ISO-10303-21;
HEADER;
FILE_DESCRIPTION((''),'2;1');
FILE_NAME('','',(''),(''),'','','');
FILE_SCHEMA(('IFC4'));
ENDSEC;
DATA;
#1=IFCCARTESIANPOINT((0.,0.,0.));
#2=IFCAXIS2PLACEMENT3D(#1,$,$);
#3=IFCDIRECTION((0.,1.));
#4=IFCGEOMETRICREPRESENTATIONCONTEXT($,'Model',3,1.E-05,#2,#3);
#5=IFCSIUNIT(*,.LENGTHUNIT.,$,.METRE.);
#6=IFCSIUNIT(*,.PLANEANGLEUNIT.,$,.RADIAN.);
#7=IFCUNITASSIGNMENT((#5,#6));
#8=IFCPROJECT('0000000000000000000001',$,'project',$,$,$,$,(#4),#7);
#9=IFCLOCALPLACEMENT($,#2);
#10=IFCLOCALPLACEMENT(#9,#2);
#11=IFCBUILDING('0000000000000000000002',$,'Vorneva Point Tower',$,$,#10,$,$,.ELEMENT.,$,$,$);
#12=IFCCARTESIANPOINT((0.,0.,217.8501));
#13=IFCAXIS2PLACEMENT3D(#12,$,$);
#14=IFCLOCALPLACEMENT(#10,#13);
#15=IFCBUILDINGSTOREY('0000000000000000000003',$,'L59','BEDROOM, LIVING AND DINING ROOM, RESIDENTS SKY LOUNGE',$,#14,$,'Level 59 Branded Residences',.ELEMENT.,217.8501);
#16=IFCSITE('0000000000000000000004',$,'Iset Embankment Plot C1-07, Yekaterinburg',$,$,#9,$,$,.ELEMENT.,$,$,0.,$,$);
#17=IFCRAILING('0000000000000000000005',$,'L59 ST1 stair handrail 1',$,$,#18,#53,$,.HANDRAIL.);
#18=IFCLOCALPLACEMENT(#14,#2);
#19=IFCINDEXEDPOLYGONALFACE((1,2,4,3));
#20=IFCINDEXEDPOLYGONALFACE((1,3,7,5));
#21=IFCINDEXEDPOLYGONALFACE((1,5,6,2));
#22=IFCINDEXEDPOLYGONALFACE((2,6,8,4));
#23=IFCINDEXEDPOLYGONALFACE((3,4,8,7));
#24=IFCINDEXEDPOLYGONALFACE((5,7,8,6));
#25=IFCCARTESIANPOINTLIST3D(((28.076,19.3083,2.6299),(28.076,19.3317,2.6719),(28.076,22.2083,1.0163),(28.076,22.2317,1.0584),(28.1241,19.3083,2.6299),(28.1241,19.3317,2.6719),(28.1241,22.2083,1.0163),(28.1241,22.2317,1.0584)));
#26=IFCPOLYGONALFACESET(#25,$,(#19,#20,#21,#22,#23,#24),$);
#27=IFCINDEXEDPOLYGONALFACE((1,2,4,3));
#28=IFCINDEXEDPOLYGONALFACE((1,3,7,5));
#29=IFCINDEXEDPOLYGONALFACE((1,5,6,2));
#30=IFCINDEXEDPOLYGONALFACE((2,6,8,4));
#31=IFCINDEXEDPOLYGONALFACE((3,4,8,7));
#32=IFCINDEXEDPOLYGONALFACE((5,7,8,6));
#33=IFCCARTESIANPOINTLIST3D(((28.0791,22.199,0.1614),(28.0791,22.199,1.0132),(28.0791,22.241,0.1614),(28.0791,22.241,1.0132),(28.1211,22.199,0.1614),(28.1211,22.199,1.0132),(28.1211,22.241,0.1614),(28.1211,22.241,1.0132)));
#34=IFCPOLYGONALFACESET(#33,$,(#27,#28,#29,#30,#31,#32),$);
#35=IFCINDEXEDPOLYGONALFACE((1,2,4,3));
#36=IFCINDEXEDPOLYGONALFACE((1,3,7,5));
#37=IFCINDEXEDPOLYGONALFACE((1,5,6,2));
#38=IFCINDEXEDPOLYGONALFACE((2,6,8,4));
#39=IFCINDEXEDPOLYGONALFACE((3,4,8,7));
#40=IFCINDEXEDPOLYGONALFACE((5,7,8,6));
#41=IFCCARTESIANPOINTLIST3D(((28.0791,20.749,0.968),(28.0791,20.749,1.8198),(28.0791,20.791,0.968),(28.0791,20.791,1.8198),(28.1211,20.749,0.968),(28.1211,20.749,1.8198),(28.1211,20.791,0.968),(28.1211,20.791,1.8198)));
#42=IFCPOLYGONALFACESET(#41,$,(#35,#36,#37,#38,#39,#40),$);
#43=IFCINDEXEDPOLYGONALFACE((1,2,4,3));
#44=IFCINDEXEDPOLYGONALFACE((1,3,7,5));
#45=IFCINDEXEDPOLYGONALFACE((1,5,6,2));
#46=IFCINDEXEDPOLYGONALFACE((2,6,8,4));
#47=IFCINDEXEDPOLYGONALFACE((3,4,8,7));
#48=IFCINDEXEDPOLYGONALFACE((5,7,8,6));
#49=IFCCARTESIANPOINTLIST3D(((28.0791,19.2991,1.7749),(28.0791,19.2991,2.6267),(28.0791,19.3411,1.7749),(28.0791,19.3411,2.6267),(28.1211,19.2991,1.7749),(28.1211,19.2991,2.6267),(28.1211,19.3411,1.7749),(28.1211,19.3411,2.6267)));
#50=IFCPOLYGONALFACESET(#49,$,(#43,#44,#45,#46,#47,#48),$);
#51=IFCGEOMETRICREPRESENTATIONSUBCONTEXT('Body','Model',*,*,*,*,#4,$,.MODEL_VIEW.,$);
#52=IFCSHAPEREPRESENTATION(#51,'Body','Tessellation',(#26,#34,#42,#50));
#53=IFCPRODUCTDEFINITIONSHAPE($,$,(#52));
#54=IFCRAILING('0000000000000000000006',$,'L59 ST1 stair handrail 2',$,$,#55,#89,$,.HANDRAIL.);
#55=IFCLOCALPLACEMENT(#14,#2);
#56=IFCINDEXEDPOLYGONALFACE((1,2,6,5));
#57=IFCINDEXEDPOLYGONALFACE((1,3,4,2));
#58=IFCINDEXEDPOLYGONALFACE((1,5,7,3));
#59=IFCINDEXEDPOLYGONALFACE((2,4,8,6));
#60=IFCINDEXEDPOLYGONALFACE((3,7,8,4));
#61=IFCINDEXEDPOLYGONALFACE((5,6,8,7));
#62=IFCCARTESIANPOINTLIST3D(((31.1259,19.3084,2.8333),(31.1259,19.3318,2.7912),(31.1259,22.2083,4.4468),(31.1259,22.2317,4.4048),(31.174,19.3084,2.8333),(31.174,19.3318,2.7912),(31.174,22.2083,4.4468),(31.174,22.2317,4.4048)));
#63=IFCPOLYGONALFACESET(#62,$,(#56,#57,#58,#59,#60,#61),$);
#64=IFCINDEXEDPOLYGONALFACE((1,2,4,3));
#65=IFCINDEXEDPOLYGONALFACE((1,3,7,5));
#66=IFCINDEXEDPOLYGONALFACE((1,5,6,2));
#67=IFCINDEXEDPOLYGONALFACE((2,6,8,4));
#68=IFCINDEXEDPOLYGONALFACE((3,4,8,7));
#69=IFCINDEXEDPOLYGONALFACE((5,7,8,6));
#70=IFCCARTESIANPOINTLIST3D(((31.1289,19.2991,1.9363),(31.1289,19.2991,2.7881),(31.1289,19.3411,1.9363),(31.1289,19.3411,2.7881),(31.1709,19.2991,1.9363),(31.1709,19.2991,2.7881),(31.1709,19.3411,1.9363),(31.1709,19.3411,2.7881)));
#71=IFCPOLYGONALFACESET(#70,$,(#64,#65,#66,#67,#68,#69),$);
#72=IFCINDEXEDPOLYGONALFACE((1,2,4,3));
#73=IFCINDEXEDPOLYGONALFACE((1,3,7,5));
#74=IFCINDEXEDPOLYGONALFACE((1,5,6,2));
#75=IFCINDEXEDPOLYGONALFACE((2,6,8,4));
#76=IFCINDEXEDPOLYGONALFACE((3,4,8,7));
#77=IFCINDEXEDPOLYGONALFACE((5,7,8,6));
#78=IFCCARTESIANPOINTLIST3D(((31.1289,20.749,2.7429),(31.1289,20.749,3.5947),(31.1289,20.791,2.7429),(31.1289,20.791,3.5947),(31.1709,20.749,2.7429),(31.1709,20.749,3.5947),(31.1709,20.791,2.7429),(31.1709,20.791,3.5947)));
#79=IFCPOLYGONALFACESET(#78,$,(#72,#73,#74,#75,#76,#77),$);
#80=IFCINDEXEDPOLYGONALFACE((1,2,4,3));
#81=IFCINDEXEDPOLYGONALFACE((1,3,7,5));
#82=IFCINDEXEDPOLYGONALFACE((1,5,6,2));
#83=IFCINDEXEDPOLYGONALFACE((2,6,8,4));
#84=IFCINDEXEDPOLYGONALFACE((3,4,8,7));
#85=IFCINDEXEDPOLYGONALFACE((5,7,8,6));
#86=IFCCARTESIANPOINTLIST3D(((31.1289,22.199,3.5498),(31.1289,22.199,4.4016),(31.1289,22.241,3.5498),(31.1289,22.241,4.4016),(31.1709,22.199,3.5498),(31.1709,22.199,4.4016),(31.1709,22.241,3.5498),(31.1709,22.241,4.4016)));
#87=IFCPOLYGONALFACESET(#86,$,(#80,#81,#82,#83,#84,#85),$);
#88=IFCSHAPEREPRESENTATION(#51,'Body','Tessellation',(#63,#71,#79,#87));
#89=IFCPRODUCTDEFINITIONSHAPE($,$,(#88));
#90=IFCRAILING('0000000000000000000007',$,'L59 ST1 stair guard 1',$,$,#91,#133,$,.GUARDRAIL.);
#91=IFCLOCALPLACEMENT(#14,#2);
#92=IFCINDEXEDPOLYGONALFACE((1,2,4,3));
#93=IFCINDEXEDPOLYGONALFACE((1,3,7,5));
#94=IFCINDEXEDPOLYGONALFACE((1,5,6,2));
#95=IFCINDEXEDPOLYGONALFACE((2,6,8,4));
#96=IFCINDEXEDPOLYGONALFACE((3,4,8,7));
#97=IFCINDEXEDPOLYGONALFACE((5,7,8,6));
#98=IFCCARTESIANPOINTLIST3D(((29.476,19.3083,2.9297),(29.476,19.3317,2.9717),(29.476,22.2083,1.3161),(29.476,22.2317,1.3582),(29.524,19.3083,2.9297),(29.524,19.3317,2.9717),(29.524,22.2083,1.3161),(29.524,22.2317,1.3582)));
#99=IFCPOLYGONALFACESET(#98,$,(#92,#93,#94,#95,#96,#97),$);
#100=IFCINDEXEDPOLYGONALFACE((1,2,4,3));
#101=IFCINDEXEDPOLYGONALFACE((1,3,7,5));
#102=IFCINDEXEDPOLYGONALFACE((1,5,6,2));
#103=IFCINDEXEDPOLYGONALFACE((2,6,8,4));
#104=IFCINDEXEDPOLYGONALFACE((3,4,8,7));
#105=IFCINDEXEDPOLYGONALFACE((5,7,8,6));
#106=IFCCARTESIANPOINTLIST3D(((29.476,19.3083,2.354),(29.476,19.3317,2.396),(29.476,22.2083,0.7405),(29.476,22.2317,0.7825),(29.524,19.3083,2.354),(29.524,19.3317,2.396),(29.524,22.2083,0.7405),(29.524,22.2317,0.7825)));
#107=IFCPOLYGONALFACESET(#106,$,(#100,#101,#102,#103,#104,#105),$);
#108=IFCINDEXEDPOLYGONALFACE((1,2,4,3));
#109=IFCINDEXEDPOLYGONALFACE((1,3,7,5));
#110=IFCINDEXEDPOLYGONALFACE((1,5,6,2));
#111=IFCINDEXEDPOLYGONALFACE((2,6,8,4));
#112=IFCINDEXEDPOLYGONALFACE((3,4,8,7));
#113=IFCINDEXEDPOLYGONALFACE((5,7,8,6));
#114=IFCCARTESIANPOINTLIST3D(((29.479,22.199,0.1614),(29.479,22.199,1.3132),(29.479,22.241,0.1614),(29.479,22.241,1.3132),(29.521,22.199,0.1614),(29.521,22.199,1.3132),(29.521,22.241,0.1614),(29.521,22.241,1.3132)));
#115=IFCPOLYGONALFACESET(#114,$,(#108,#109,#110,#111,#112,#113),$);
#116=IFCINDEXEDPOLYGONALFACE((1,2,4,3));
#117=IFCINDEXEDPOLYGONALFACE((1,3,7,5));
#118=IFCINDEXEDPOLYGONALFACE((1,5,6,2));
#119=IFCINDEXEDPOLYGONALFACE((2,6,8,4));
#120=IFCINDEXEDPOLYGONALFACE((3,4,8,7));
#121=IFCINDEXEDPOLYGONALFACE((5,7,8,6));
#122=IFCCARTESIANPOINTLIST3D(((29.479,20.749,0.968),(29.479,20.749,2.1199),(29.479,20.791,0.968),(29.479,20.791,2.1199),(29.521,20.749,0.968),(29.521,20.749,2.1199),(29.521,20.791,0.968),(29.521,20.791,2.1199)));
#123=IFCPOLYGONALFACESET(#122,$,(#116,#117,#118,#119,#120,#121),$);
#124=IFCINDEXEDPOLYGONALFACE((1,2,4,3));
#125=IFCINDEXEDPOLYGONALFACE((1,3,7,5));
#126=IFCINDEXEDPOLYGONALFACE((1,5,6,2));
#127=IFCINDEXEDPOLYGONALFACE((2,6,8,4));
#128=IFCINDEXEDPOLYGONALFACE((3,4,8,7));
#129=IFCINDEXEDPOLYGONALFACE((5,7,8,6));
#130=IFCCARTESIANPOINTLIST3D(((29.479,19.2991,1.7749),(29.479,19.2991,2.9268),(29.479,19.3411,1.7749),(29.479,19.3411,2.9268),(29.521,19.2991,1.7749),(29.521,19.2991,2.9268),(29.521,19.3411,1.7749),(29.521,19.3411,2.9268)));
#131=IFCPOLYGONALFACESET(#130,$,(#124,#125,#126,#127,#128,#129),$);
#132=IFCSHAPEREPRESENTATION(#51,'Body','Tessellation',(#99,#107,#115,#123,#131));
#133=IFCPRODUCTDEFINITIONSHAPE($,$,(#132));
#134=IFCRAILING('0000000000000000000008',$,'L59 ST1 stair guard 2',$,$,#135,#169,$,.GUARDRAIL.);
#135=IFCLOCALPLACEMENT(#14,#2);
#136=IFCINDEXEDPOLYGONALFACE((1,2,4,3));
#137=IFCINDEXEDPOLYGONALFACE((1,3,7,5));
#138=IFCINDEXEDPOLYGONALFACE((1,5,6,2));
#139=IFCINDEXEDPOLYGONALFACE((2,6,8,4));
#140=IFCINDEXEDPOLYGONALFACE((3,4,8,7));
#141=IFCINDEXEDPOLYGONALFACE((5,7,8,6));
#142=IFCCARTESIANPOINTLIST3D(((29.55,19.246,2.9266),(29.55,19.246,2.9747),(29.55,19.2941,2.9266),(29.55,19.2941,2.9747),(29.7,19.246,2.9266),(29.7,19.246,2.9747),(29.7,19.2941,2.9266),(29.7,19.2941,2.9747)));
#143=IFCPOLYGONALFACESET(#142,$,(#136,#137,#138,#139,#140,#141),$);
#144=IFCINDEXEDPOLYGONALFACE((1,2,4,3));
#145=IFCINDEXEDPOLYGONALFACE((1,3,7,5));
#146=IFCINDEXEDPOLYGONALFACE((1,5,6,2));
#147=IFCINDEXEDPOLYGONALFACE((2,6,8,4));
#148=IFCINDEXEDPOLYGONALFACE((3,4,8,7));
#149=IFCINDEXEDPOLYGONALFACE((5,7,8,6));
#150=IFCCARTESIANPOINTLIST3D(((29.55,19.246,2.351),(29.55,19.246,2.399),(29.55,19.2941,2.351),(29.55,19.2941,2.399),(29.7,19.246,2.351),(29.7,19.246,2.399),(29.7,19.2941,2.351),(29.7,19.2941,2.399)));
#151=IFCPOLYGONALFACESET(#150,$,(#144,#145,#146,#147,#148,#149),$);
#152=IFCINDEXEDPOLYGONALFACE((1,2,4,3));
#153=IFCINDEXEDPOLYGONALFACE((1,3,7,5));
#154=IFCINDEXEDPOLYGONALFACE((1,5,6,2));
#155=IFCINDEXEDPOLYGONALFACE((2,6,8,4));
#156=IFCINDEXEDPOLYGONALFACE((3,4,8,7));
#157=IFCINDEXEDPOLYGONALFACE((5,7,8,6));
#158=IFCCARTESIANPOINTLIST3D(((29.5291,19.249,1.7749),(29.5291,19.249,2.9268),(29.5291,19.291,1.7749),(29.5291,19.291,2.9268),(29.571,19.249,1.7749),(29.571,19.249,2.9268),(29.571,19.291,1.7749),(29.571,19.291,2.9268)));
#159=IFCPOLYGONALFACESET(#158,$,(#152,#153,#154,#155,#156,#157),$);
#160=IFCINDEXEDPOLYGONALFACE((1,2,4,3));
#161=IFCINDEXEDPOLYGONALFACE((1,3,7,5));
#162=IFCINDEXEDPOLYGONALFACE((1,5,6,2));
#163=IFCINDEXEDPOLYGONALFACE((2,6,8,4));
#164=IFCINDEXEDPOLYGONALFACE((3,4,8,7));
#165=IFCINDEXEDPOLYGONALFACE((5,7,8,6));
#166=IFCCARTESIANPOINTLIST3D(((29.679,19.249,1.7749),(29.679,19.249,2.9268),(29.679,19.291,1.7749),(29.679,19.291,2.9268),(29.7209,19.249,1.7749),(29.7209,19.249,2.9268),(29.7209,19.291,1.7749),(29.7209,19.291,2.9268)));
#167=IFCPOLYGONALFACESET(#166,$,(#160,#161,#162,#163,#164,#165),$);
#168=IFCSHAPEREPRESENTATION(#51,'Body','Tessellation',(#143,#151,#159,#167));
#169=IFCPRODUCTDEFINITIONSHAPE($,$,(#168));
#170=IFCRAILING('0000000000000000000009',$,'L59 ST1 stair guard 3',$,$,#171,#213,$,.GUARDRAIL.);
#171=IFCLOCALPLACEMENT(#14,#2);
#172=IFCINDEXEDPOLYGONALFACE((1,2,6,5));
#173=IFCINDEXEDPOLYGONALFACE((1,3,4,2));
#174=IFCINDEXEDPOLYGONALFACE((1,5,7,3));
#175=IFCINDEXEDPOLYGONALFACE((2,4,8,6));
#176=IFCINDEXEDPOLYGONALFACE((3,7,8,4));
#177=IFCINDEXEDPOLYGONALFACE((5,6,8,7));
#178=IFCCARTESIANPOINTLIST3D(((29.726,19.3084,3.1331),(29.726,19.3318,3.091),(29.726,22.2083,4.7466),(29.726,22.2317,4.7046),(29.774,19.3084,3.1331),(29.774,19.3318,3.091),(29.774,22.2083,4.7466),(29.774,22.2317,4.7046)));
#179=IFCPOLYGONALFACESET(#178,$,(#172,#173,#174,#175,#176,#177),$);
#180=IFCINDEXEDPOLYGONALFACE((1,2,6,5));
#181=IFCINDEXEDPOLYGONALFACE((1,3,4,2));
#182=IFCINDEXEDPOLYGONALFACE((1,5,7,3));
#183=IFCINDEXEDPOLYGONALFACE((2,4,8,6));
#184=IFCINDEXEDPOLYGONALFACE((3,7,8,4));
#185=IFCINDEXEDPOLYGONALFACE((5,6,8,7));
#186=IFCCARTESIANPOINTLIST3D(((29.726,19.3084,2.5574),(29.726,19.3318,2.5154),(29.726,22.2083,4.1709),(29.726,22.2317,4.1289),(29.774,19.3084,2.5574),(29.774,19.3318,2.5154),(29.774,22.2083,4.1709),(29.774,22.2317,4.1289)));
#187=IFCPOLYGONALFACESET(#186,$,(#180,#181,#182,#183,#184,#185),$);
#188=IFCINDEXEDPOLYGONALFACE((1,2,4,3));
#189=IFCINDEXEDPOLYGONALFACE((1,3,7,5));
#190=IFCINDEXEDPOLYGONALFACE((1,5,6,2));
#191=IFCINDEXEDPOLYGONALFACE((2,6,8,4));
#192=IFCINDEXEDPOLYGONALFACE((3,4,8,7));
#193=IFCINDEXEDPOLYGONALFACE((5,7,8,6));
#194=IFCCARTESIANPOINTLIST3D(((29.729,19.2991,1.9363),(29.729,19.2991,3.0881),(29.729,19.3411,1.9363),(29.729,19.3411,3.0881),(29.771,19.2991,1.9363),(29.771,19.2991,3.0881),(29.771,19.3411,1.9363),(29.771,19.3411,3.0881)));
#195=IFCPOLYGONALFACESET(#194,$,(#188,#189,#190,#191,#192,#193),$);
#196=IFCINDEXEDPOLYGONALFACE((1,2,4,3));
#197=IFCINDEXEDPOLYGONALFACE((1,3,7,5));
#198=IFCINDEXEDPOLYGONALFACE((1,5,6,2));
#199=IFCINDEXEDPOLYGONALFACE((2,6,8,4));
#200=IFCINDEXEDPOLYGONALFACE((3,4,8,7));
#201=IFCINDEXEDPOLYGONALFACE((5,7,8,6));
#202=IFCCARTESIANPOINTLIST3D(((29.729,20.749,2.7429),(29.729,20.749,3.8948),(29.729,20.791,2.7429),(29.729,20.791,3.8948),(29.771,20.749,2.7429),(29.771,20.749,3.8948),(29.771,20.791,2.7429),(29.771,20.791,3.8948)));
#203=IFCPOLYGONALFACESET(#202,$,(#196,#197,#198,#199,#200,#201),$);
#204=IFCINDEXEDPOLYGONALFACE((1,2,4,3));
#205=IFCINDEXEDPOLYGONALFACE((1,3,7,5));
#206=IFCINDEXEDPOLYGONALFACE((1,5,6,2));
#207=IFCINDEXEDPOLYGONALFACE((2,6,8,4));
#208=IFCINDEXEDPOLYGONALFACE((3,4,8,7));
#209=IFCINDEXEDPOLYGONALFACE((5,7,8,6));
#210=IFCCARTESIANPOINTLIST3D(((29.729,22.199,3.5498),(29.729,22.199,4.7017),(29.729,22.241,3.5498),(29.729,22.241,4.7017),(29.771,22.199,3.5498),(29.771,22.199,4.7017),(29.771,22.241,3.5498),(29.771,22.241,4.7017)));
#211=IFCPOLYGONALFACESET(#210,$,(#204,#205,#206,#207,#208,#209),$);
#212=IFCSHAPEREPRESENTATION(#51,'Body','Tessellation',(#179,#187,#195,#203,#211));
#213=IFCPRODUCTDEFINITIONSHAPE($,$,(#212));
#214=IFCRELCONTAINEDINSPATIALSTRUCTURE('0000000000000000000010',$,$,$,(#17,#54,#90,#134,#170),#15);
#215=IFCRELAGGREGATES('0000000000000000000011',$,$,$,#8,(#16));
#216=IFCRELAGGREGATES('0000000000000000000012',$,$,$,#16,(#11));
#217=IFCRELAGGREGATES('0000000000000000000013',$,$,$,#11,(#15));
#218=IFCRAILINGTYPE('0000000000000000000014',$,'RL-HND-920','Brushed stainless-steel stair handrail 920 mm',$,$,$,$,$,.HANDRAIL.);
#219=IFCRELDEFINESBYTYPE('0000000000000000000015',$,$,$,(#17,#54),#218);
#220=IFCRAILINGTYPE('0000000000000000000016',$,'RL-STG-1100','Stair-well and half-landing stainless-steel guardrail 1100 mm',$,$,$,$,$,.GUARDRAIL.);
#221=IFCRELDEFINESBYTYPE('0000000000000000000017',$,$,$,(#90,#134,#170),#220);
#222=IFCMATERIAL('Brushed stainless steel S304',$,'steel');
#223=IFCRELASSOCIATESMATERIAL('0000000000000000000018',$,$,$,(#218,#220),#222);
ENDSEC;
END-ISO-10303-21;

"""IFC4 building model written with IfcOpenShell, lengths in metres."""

from ifc_helpers import new_model, si_unit, direction, frame, origin, origin_2d, place, context, subcontext, project, spatial, rectangle, extrude, material, type_object, element, save


model = new_model("IFC4")

# Units and contexts
model_context = context("Model", 3, precision=1e-05, world=origin(), true_north=direction((0.0, 1.0)))
body_context = subcontext(model_context, "Body", "Model", "MODEL_VIEW")
ifc_project = project(units=[si_unit("LENGTHUNIT", "METRE"), si_unit("PLANEANGLEUNIT", "RADIAN")], contexts=[model_context])

# Site, building, storey
site_placement = place(None, origin())
site = spatial("IfcSite", under=ifc_project, at=site_placement, Name="Iset Embankment Plot C1-07, Yekaterinburg", CompositionType="ELEMENT", RefElevation=0.0)
building_placement = place(site_placement, origin())
building = spatial("IfcBuilding", under=site, at=building_placement, Name="Vorneva Point Tower", CompositionType="ELEMENT")
storey_placement = place(building_placement, frame((0.0, 0.0, 217.8501)))
storey = spatial("IfcBuildingStorey", under=building, at=storey_placement, Name="L59", Description="BEDROOM, LIVING AND DINING ROOM, RESIDENTS SKY LOUNGE", LongName="Level 59 Branded Residences", CompositionType="ELEMENT", Elevation=217.8501)

# Shared definitions
ifc_material_1 = material(Name="Brushed stainless steel S304", Category="steel")

# Railings
railing_type_1 = type_object("IfcRailingType", Name="RL-HND-920", Description="Brushed stainless-steel stair handrail 920 mm", PredefinedType="HANDRAIL", material=ifc_material_1)
railing_1_placement = place(storey_placement, frame((28.1001, 22.22, 0.1614)))
element("IfcRailing", 1, at=railing_1_placement, inside=storey, type_object=railing_type_1, Name="L59 ST1 stair handrail 1", PredefinedType="HANDRAIL", context=body_context, shape_type="SweptSolid", body=[
    extrude(rectangle(XDim=0.0481, YDim=0.0481, at=origin_2d()), frame((0.0, 0.0, 0.876), z_axis=(0.0, -0.873841, 0.486211), x_axis=(1.0, 0.0, 0.0)), (0.0, 0.0, 1.0), 3.3186),
    extrude(rectangle(XDim=0.042, YDim=0.042, at=origin_2d()), origin(), (0.0, 0.0, 1.0), 0.8518),
    extrude(rectangle(XDim=0.042, YDim=0.042, at=origin_2d()), frame((0.0, -1.45, 0.8066)), (0.0, 0.0, 1.0), 0.8518),
    extrude(rectangle(XDim=0.042, YDim=0.042, at=origin_2d()), frame((0.0, -2.8999, 1.6135)), (0.0, 0.0, 1.0), 0.8518),
])
railing_2_placement = place(storey_placement, frame((31.1499, 19.3201, 1.9363)))
element("IfcRailing", 2, at=railing_2_placement, inside=storey, type_object=railing_type_1, Name="L59 ST1 stair handrail 2", PredefinedType="HANDRAIL", context=body_context, shape_type="SweptSolid", body=[
    extrude(rectangle(XDim=0.0481, YDim=0.0481, at=origin_2d()), frame((0.0, 0.0, 0.876), z_axis=(0.0, 0.873841, 0.486211), x_axis=(-1.0, 0.0, 0.0)), (0.0, 0.0, 1.0), 3.3186),
    extrude(rectangle(XDim=0.042, YDim=0.042, at=origin_2d()), origin(), (0.0, 0.0, 1.0), 0.8518),
    extrude(rectangle(XDim=0.042, YDim=0.042, at=origin_2d()), frame((0.0, 1.45, 0.8066)), (0.0, 0.0, 1.0), 0.8518),
    extrude(rectangle(XDim=0.042, YDim=0.042, at=origin_2d()), frame((0.0, 2.8999, 1.6135)), (0.0, 0.0, 1.0), 0.8518),
])
railing_type_2 = type_object("IfcRailingType", Name="RL-STG-1100", Description="Stair-well and half-landing stainless-steel guardrail 1100 mm", PredefinedType="GUARDRAIL", material=ifc_material_1)
railing_3_placement = place(storey_placement, frame((29.5, 22.22, 0.1614)))
element("IfcRailing", 3, at=railing_3_placement, inside=storey, type_object=railing_type_2, Name="L59 ST1 stair guard 1", PredefinedType="GUARDRAIL", context=body_context, shape_type="SweptSolid", body=[
    extrude(rectangle(XDim=0.0481, YDim=0.0481, at=origin_2d()), frame((0.0, 0.0, 1.1758), z_axis=(0.0, -0.873841, 0.486211), x_axis=(1.0, 0.0, 0.0)), (0.0, 0.0, 1.0), 3.3186),
    extrude(rectangle(XDim=0.0481, YDim=0.0481, at=origin_2d()), frame((0.0, 0.0, 0.6001), z_axis=(0.0, -0.873841, 0.486211), x_axis=(1.0, 0.0, 0.0)), (0.0, 0.0, 1.0), 3.3186),
    extrude(rectangle(XDim=0.042, YDim=0.042, at=origin_2d()), origin(), (0.0, 0.0, 1.0), 1.1519),
    extrude(rectangle(XDim=0.042, YDim=0.042, at=origin_2d()), frame((0.0, -1.45, 0.8066)), (0.0, 0.0, 1.0), 1.1519),
    extrude(rectangle(XDim=0.042, YDim=0.042, at=origin_2d()), frame((0.0, -2.8999, 1.6135)), (0.0, 0.0, 1.0), 1.1519),
])
railing_4_placement = place(storey_placement, frame((29.55, 19.27, 1.7749)))
element("IfcRailing", 4, at=railing_4_placement, inside=storey, type_object=railing_type_2, Name="L59 ST1 stair guard 2", PredefinedType="GUARDRAIL", context=body_context, shape_type="SweptSolid", body=[
    extrude(rectangle(XDim=0.0481, YDim=0.0481, at=origin_2d()), frame((0.0, 0.0, 1.1758), z_axis=(1.0, 0.0, 0.0), x_axis=(0.0, 1.0, 0.0)), (0.0, 0.0, 1.0), 0.1499),
    extrude(rectangle(XDim=0.0481, YDim=0.0481, at=origin_2d()), frame((0.0, 0.0, 0.6001), z_axis=(1.0, 0.0, 0.0), x_axis=(0.0, 1.0, 0.0)), (0.0, 0.0, 1.0), 0.1499),
    extrude(rectangle(XDim=0.042, YDim=0.042, at=origin_2d()), origin(), (0.0, 0.0, 1.0), 1.1519),
    extrude(rectangle(XDim=0.042, YDim=0.042, at=origin_2d()), frame((0.1499, 0.0, 0.0)), (0.0, 0.0, 1.0), 1.1519),
])
railing_5_placement = place(storey_placement, frame((29.75, 19.3201, 1.9363)))
element("IfcRailing", 5, at=railing_5_placement, inside=storey, type_object=railing_type_2, Name="L59 ST1 stair guard 3", PredefinedType="GUARDRAIL", context=body_context, shape_type="SweptSolid", body=[
    extrude(rectangle(XDim=0.0481, YDim=0.0481, at=origin_2d()), frame((0.0, 0.0, 1.1758), z_axis=(0.0, 0.873841, 0.486211), x_axis=(-1.0, 0.0, 0.0)), (0.0, 0.0, 1.0), 3.3186),
    extrude(rectangle(XDim=0.0481, YDim=0.0481, at=origin_2d()), frame((0.0, 0.0, 0.6001), z_axis=(0.0, 0.873841, 0.486211), x_axis=(-1.0, 0.0, 0.0)), (0.0, 0.0, 1.0), 3.3186),
    extrude(rectangle(XDim=0.042, YDim=0.042, at=origin_2d()), origin(), (0.0, 0.0, 1.0), 1.1519),
    extrude(rectangle(XDim=0.042, YDim=0.042, at=origin_2d()), frame((0.0, 1.45, 0.8066)), (0.0, 0.0, 1.0), 1.1519),
    extrude(rectangle(XDim=0.042, YDim=0.042, at=origin_2d()), frame((0.0, 2.8999, 1.6135)), (0.0, 0.0, 1.0), 1.1519),
])

save(model, "model.ifc")
